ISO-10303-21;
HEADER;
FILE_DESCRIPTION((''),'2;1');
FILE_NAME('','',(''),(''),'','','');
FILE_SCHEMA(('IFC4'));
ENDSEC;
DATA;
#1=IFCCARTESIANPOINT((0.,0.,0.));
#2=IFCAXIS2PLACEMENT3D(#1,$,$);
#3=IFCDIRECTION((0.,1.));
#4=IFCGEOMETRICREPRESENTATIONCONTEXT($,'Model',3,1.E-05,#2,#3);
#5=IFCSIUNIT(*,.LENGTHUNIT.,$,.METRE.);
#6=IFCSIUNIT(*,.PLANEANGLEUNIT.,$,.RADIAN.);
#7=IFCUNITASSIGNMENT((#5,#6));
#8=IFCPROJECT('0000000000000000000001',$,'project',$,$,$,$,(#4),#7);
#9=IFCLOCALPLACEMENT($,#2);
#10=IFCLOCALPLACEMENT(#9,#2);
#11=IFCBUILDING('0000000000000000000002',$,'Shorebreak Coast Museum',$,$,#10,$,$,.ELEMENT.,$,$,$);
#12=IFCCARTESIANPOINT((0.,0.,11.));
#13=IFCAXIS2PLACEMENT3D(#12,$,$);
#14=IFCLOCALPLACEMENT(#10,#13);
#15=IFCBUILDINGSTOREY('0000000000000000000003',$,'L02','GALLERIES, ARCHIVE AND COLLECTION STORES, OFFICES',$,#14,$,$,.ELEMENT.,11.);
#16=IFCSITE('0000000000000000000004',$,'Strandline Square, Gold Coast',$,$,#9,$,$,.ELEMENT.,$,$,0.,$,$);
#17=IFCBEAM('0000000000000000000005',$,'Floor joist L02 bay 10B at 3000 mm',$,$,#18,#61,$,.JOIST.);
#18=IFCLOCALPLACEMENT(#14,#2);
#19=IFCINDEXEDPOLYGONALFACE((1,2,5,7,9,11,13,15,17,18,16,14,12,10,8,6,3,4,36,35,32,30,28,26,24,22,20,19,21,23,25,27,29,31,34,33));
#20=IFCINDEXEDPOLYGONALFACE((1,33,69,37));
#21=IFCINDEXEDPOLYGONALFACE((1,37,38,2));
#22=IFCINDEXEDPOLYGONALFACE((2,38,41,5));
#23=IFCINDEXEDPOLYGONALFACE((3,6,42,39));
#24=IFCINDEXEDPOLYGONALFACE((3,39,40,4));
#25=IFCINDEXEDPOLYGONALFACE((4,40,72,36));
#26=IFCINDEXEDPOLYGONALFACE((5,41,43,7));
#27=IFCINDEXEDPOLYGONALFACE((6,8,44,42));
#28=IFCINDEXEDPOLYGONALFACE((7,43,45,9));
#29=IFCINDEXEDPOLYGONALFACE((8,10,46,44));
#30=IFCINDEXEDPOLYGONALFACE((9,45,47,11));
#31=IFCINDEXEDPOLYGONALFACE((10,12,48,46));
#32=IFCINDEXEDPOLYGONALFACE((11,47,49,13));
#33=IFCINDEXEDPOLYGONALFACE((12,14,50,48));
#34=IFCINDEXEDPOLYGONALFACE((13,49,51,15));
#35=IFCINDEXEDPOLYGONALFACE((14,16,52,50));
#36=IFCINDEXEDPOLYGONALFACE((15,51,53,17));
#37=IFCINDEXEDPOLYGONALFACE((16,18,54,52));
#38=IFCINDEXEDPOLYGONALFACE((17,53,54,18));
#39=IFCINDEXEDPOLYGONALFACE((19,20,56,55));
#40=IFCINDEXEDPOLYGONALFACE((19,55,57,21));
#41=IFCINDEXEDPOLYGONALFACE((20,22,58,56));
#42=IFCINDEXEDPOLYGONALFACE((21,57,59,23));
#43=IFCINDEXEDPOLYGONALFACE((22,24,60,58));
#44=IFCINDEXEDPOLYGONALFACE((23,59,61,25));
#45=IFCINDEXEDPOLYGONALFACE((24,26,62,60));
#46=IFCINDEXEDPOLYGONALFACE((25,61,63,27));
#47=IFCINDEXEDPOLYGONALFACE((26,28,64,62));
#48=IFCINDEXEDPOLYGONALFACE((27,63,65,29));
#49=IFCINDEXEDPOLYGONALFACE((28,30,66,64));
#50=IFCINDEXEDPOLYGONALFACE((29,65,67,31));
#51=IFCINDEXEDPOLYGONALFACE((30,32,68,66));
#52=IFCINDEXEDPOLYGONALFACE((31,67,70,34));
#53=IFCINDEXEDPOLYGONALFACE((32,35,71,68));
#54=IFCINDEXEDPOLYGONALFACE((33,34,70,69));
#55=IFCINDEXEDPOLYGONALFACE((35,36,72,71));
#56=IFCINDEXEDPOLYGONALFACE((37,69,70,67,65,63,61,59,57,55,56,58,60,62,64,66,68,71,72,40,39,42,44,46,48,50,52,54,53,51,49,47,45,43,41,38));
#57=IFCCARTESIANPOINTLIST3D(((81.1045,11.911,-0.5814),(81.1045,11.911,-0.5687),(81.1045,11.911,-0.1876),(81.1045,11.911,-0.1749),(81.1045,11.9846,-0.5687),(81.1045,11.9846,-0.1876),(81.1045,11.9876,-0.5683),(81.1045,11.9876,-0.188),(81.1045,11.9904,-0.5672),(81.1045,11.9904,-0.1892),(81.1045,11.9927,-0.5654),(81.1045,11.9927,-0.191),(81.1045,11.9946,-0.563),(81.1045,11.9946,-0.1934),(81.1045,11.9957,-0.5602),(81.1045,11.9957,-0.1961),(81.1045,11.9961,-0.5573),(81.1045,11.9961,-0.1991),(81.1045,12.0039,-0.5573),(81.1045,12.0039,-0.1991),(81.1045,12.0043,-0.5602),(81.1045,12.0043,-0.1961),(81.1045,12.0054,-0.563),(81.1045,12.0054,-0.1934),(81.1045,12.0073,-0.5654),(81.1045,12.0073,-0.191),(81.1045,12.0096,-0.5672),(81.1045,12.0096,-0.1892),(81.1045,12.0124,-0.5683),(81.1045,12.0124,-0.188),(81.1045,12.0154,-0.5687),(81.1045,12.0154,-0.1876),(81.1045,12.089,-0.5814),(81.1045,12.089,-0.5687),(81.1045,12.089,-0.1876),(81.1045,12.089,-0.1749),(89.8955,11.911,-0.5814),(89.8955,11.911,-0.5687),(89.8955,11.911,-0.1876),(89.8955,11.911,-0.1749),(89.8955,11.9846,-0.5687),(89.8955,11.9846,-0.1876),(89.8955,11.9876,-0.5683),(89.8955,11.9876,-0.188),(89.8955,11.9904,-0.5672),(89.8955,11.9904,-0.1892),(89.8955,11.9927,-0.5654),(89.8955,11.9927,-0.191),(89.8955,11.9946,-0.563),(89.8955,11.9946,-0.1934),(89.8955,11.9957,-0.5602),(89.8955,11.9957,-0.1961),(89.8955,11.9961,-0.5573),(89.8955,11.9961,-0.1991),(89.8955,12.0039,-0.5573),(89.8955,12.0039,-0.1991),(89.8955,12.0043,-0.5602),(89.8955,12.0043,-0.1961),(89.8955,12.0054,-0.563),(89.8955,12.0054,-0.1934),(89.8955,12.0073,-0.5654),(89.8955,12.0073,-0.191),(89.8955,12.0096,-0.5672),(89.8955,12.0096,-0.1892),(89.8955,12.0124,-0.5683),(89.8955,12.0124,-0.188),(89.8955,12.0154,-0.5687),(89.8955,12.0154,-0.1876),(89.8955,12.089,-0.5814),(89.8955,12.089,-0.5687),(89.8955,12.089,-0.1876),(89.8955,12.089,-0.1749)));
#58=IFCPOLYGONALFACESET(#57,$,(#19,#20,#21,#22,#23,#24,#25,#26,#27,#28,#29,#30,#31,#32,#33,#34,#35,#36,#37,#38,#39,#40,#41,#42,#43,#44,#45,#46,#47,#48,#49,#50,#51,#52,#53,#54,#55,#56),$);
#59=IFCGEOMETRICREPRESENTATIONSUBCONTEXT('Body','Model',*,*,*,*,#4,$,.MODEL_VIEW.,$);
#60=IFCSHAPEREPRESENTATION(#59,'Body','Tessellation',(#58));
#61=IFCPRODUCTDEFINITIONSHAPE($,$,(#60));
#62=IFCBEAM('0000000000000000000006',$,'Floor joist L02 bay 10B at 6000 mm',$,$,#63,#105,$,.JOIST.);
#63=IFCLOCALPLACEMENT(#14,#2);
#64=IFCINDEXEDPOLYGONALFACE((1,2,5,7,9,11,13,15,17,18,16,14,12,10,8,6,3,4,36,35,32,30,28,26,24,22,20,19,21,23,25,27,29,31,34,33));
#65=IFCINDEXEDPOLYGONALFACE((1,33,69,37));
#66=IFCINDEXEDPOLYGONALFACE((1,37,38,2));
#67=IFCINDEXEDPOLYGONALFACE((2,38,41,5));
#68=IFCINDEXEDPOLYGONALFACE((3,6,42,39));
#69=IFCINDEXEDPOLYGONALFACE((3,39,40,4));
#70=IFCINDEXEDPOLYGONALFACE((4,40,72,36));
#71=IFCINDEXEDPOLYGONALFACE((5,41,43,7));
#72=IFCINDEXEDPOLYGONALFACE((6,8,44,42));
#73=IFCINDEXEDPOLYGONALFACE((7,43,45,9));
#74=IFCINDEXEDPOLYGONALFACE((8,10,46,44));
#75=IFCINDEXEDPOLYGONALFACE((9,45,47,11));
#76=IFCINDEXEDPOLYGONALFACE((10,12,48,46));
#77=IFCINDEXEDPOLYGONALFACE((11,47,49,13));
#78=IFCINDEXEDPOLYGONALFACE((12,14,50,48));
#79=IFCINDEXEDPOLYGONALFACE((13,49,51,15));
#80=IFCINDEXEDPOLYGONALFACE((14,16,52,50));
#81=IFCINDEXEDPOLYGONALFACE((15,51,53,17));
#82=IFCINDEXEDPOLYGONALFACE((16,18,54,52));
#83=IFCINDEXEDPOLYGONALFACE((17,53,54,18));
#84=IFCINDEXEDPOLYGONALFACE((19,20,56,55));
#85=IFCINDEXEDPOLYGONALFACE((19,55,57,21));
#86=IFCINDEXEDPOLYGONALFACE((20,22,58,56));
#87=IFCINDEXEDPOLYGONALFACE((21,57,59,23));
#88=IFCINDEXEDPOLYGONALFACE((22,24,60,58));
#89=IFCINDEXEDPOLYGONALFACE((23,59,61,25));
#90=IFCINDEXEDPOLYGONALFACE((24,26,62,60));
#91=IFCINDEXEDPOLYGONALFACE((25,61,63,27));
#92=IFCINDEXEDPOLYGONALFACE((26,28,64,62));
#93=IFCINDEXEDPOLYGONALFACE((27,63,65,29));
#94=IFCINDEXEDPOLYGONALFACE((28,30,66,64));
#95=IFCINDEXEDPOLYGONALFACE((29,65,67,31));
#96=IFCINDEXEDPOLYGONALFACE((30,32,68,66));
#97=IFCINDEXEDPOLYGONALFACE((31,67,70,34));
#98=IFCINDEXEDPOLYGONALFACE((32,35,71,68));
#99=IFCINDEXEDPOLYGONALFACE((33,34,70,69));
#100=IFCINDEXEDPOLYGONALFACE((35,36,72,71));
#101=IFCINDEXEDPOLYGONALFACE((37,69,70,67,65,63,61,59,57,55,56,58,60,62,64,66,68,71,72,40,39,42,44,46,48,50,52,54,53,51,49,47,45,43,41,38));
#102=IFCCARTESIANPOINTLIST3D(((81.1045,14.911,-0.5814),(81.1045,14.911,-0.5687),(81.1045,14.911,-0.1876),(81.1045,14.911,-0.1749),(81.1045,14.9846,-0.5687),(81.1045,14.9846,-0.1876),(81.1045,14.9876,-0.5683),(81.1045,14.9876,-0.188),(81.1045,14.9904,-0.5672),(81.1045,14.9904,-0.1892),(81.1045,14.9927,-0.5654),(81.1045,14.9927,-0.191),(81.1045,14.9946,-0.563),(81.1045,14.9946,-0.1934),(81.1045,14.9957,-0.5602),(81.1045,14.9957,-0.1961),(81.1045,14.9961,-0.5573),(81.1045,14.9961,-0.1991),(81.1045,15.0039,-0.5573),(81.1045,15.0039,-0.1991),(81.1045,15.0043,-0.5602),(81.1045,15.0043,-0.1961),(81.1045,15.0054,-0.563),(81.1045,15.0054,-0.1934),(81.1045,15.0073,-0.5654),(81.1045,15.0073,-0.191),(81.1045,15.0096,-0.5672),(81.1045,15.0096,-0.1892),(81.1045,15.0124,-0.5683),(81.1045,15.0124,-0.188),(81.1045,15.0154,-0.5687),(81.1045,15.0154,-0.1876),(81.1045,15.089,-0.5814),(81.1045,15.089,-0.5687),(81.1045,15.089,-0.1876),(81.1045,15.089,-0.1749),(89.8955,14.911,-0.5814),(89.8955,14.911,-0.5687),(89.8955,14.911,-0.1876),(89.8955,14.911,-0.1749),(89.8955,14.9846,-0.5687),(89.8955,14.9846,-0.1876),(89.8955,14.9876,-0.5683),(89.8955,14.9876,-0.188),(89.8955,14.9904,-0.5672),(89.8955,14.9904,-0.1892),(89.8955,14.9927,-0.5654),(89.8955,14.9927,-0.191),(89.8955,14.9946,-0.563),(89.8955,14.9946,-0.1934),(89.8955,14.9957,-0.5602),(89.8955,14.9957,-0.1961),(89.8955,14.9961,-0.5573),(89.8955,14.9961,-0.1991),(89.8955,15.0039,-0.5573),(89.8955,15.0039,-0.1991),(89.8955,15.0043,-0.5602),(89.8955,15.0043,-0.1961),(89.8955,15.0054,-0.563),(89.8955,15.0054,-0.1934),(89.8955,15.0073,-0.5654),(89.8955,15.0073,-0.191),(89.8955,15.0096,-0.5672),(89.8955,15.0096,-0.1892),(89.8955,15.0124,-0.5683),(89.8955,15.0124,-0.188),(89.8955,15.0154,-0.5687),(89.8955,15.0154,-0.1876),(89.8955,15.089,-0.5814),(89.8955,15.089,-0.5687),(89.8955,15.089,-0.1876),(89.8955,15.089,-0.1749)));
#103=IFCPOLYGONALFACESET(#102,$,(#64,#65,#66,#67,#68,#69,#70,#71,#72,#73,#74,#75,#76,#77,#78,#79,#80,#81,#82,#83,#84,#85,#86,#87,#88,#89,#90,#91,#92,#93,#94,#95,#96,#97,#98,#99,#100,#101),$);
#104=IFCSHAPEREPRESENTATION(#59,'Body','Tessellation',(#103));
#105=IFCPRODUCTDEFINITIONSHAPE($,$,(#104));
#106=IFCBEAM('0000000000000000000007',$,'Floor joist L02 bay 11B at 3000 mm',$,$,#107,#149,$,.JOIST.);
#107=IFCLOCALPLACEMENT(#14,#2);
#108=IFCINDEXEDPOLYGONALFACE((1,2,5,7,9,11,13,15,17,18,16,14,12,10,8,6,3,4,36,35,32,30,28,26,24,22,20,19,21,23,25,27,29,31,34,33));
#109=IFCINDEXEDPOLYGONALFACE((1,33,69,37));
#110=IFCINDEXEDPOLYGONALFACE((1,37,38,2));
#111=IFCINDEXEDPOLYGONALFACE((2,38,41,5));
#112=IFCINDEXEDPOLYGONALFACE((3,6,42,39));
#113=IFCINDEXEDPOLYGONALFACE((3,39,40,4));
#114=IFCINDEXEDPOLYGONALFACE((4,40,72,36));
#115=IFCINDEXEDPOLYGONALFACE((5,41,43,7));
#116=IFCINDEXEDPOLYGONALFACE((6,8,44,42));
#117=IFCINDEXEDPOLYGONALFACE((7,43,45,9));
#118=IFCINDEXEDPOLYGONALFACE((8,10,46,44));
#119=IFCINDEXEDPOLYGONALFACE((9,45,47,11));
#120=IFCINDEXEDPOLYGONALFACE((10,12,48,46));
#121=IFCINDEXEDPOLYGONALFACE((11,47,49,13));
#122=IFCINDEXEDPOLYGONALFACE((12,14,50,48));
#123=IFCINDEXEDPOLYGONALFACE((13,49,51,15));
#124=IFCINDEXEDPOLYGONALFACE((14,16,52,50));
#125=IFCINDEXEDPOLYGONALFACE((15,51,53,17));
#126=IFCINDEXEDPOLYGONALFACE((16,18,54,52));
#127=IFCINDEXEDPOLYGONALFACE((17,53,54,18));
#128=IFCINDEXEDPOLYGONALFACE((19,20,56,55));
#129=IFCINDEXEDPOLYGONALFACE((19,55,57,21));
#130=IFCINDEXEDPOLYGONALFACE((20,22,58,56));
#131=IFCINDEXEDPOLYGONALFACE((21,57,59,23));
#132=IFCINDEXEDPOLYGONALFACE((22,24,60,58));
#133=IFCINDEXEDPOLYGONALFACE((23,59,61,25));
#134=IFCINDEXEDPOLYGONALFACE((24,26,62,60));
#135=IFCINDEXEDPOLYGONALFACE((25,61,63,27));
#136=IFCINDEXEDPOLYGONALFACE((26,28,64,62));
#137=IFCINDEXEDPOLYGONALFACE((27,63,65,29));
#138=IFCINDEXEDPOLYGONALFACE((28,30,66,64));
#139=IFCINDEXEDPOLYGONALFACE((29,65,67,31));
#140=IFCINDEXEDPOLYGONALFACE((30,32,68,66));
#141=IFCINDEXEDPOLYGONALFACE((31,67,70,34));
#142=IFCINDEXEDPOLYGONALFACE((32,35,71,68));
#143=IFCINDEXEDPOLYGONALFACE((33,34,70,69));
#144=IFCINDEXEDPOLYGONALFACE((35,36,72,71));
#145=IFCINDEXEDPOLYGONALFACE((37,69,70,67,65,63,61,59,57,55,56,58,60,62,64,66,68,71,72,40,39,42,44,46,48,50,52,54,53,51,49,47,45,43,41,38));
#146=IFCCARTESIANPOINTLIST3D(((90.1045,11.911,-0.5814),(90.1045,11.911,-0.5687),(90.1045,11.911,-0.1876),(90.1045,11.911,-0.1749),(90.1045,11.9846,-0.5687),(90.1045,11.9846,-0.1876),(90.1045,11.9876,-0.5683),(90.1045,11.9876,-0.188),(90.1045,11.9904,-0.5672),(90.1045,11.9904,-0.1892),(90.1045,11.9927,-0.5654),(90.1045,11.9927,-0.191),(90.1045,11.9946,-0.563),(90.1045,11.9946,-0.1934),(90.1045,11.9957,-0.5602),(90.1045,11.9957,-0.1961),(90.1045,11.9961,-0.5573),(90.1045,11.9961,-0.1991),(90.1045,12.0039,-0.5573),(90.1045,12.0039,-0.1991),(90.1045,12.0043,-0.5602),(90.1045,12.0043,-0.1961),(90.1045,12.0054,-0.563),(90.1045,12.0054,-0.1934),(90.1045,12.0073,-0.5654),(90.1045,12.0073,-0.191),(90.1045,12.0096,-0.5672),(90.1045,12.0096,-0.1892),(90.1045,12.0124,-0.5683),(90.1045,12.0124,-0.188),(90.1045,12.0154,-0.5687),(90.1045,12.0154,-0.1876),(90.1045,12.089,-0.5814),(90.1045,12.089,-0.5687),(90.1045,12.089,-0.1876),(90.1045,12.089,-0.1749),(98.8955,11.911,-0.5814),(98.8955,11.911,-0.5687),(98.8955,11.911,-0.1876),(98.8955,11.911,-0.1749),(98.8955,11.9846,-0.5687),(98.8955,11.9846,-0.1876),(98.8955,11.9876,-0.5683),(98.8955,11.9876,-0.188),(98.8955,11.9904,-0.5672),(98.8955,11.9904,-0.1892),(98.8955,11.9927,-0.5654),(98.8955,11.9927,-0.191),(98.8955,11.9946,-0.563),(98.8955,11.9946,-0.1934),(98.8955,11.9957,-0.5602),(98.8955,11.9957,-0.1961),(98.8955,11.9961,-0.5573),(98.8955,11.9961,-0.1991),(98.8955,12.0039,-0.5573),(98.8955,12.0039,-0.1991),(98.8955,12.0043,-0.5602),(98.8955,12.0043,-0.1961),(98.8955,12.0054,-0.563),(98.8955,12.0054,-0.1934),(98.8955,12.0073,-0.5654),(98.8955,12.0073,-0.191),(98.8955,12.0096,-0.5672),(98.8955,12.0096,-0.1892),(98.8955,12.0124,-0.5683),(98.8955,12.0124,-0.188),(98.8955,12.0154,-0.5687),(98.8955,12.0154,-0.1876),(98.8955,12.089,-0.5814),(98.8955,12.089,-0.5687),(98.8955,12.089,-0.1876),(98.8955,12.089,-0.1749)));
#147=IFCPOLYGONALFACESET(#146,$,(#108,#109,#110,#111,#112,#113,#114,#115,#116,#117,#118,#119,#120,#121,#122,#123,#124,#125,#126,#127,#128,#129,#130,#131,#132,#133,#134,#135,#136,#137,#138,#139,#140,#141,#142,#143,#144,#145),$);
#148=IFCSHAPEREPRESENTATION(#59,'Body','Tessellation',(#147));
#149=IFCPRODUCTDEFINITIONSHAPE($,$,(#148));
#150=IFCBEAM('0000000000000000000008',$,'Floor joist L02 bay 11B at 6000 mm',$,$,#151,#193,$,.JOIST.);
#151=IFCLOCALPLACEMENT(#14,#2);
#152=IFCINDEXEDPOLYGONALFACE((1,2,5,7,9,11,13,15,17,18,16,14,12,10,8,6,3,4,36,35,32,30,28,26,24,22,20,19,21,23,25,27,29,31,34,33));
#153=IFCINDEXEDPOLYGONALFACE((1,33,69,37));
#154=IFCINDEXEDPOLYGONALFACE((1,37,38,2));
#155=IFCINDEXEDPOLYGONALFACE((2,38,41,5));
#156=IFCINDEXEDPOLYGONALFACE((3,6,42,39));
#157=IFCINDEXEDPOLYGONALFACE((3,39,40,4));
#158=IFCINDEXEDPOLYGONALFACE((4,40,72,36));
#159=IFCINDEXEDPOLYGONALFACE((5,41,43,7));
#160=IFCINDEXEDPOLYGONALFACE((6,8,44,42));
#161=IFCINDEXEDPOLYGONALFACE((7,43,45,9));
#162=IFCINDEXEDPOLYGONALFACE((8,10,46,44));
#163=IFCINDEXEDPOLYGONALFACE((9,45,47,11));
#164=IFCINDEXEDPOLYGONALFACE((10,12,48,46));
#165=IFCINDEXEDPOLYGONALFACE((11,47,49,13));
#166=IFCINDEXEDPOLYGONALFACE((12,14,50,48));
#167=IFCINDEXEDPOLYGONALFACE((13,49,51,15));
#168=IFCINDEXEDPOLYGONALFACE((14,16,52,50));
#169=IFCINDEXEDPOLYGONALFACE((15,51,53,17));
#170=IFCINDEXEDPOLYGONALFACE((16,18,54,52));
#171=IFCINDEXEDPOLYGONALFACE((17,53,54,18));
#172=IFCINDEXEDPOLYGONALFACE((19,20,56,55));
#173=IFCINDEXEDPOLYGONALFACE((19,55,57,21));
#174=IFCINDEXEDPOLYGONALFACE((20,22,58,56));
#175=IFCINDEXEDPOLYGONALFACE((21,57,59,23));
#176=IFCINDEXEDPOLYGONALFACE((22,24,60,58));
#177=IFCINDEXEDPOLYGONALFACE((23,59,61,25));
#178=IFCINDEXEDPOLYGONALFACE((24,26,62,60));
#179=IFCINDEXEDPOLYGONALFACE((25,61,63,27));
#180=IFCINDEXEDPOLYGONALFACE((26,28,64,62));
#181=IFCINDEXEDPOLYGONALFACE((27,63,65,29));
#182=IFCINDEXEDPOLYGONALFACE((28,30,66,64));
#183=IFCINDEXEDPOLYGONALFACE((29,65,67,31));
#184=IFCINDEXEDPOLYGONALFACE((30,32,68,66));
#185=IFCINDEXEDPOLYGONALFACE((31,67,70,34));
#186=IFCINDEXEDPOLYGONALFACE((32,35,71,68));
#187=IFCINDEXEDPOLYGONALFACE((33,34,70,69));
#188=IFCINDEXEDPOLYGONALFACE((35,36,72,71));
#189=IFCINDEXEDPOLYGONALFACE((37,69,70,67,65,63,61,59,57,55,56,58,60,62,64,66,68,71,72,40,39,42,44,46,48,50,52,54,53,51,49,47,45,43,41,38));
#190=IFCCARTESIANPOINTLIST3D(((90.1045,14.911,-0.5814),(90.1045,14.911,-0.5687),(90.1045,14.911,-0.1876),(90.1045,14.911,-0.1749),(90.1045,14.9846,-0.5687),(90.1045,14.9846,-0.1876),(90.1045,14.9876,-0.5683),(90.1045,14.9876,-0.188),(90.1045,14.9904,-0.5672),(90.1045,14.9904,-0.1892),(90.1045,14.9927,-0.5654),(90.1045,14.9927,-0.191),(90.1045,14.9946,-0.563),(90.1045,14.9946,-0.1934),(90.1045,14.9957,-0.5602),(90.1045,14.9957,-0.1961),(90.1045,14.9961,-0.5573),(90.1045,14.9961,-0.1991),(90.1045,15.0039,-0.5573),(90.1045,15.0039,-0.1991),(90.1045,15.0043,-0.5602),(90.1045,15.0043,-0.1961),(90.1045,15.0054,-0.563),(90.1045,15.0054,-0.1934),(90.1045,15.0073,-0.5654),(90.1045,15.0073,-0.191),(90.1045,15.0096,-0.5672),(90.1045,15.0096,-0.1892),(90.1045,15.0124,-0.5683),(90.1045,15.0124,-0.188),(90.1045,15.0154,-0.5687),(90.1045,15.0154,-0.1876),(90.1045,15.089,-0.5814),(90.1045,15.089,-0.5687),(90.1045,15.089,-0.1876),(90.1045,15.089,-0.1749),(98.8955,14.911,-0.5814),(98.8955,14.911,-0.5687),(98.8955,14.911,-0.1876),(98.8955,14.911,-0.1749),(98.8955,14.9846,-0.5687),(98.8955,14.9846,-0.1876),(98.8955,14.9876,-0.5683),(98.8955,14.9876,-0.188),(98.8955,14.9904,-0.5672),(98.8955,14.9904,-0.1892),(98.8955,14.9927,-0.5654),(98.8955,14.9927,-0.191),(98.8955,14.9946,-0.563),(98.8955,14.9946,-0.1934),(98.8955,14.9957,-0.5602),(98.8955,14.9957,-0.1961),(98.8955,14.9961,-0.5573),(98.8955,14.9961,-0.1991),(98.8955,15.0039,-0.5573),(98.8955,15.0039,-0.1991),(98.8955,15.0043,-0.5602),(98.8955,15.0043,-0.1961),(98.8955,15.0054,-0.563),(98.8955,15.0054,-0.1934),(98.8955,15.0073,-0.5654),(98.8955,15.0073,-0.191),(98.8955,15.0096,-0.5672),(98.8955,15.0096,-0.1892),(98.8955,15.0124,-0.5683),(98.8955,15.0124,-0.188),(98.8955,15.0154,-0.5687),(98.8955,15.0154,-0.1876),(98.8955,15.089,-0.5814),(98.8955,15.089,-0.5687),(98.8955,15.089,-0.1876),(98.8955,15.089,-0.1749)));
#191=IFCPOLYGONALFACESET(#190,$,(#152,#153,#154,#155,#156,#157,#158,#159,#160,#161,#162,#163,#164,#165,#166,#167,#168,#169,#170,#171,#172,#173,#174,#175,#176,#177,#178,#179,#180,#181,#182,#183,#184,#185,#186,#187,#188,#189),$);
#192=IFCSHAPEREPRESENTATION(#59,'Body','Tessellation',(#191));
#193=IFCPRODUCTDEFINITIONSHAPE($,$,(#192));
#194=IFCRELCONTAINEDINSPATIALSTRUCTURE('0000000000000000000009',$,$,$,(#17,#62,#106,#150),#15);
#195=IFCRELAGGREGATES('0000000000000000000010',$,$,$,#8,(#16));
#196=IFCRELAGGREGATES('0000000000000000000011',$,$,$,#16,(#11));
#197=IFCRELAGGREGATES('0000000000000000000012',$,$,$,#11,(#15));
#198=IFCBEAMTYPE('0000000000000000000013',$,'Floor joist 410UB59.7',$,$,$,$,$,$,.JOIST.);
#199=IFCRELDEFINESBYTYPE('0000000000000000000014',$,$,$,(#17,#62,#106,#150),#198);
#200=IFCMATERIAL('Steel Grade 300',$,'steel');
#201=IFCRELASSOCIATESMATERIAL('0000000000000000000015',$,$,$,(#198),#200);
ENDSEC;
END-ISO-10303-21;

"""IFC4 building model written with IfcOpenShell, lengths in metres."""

from ifc_helpers import new_model, si_unit, direction, frame, origin, origin_2d, place, context, subcontext, project, spatial, i_section, extrude, material, material_profile, profile_set, type_object, element, save


model = new_model("IFC4")

# Units and contexts
model_context = context("Model", 3, precision=1e-05, world=origin(), true_north=direction((0.0, 1.0)))
body_context = subcontext(model_context, "Body", "Model", "MODEL_VIEW")
ifc_project = project(units=[si_unit("LENGTHUNIT", "METRE"), si_unit("PLANEANGLEUNIT", "RADIAN")], contexts=[model_context])

# Site, building, storey
site_placement = place(None, origin())
site = spatial("IfcSite", under=ifc_project, at=site_placement, Name="Strandline Square, Gold Coast", CompositionType="ELEMENT", RefElevation=0.0)
building_placement = place(site_placement, origin())
building = spatial("IfcBuilding", under=site, at=building_placement, Name="Shorebreak Coast Museum", CompositionType="ELEMENT")
storey_placement = place(building_placement, frame((0.0, 0.0, 11.0)))
storey = spatial("IfcBuildingStorey", under=building, at=storey_placement, Name="L02", Description="GALLERIES, ARCHIVE AND COLLECTION STORES, OFFICES", CompositionType="ELEMENT", Elevation=11.0)

# Beams
ifc_material_1 = material(Name="Steel Grade 300", Category="steel")
ifc_material_profile_1 = material_profile(ifc_material_1, i_section(OverallWidth=0.178, OverallDepth=0.4065, WebThickness=0.0078, FlangeThickness=0.0127, FilletRadius=0.0115, at=origin_2d()), Name="410UB59.7")
ifc_profile_set_1 = profile_set([ifc_material_profile_1], Name="Steel Grade 300")
beam_type_1 = type_object("IfcBeamType", Name="Floor joist 410UB59.7", PredefinedType="JOIST", material=ifc_profile_set_1)
for number, where, z_axis, x_axis, name in (
    (1, (81.1045, 12.0, -0.3782), (1.0, 0.0, 0.0), (0.0, 1.0, 0.0), "Floor joist L02 bay 10B at 3000 mm"),
    (2, (81.1045, 15.0, -0.3782), (1.0, 0.0, 0.0), (0.0, 1.0, 0.0), "Floor joist L02 bay 10B at 6000 mm"),
    (3, (90.1045, 12.0, -0.3782), (1.0, 0.0, 0.0), (0.0, 1.0, 0.0), "Floor joist L02 bay 11B at 3000 mm"),
    (4, (90.1045, 15.0, -0.3782), (1.0, 0.0, 0.0), (0.0, 1.0, 0.0), "Floor joist L02 bay 11B at 6000 mm"),
):
    element("IfcBeam", number, at=place(storey_placement, frame(where, z_axis=z_axis, x_axis=x_axis)), inside=storey, type_object=beam_type_1, Name=name, PredefinedType="JOIST", context=body_context, shape_type="SweptSolid", body=[
        extrude(i_section(OverallWidth=0.178, OverallDepth=0.4065, WebThickness=0.0078, FlangeThickness=0.0127, FilletRadius=0.0115, at=origin_2d()), origin(), (0.0, 0.0, 1.0), 8.791),
    ])

save(model, "model.ifc")
